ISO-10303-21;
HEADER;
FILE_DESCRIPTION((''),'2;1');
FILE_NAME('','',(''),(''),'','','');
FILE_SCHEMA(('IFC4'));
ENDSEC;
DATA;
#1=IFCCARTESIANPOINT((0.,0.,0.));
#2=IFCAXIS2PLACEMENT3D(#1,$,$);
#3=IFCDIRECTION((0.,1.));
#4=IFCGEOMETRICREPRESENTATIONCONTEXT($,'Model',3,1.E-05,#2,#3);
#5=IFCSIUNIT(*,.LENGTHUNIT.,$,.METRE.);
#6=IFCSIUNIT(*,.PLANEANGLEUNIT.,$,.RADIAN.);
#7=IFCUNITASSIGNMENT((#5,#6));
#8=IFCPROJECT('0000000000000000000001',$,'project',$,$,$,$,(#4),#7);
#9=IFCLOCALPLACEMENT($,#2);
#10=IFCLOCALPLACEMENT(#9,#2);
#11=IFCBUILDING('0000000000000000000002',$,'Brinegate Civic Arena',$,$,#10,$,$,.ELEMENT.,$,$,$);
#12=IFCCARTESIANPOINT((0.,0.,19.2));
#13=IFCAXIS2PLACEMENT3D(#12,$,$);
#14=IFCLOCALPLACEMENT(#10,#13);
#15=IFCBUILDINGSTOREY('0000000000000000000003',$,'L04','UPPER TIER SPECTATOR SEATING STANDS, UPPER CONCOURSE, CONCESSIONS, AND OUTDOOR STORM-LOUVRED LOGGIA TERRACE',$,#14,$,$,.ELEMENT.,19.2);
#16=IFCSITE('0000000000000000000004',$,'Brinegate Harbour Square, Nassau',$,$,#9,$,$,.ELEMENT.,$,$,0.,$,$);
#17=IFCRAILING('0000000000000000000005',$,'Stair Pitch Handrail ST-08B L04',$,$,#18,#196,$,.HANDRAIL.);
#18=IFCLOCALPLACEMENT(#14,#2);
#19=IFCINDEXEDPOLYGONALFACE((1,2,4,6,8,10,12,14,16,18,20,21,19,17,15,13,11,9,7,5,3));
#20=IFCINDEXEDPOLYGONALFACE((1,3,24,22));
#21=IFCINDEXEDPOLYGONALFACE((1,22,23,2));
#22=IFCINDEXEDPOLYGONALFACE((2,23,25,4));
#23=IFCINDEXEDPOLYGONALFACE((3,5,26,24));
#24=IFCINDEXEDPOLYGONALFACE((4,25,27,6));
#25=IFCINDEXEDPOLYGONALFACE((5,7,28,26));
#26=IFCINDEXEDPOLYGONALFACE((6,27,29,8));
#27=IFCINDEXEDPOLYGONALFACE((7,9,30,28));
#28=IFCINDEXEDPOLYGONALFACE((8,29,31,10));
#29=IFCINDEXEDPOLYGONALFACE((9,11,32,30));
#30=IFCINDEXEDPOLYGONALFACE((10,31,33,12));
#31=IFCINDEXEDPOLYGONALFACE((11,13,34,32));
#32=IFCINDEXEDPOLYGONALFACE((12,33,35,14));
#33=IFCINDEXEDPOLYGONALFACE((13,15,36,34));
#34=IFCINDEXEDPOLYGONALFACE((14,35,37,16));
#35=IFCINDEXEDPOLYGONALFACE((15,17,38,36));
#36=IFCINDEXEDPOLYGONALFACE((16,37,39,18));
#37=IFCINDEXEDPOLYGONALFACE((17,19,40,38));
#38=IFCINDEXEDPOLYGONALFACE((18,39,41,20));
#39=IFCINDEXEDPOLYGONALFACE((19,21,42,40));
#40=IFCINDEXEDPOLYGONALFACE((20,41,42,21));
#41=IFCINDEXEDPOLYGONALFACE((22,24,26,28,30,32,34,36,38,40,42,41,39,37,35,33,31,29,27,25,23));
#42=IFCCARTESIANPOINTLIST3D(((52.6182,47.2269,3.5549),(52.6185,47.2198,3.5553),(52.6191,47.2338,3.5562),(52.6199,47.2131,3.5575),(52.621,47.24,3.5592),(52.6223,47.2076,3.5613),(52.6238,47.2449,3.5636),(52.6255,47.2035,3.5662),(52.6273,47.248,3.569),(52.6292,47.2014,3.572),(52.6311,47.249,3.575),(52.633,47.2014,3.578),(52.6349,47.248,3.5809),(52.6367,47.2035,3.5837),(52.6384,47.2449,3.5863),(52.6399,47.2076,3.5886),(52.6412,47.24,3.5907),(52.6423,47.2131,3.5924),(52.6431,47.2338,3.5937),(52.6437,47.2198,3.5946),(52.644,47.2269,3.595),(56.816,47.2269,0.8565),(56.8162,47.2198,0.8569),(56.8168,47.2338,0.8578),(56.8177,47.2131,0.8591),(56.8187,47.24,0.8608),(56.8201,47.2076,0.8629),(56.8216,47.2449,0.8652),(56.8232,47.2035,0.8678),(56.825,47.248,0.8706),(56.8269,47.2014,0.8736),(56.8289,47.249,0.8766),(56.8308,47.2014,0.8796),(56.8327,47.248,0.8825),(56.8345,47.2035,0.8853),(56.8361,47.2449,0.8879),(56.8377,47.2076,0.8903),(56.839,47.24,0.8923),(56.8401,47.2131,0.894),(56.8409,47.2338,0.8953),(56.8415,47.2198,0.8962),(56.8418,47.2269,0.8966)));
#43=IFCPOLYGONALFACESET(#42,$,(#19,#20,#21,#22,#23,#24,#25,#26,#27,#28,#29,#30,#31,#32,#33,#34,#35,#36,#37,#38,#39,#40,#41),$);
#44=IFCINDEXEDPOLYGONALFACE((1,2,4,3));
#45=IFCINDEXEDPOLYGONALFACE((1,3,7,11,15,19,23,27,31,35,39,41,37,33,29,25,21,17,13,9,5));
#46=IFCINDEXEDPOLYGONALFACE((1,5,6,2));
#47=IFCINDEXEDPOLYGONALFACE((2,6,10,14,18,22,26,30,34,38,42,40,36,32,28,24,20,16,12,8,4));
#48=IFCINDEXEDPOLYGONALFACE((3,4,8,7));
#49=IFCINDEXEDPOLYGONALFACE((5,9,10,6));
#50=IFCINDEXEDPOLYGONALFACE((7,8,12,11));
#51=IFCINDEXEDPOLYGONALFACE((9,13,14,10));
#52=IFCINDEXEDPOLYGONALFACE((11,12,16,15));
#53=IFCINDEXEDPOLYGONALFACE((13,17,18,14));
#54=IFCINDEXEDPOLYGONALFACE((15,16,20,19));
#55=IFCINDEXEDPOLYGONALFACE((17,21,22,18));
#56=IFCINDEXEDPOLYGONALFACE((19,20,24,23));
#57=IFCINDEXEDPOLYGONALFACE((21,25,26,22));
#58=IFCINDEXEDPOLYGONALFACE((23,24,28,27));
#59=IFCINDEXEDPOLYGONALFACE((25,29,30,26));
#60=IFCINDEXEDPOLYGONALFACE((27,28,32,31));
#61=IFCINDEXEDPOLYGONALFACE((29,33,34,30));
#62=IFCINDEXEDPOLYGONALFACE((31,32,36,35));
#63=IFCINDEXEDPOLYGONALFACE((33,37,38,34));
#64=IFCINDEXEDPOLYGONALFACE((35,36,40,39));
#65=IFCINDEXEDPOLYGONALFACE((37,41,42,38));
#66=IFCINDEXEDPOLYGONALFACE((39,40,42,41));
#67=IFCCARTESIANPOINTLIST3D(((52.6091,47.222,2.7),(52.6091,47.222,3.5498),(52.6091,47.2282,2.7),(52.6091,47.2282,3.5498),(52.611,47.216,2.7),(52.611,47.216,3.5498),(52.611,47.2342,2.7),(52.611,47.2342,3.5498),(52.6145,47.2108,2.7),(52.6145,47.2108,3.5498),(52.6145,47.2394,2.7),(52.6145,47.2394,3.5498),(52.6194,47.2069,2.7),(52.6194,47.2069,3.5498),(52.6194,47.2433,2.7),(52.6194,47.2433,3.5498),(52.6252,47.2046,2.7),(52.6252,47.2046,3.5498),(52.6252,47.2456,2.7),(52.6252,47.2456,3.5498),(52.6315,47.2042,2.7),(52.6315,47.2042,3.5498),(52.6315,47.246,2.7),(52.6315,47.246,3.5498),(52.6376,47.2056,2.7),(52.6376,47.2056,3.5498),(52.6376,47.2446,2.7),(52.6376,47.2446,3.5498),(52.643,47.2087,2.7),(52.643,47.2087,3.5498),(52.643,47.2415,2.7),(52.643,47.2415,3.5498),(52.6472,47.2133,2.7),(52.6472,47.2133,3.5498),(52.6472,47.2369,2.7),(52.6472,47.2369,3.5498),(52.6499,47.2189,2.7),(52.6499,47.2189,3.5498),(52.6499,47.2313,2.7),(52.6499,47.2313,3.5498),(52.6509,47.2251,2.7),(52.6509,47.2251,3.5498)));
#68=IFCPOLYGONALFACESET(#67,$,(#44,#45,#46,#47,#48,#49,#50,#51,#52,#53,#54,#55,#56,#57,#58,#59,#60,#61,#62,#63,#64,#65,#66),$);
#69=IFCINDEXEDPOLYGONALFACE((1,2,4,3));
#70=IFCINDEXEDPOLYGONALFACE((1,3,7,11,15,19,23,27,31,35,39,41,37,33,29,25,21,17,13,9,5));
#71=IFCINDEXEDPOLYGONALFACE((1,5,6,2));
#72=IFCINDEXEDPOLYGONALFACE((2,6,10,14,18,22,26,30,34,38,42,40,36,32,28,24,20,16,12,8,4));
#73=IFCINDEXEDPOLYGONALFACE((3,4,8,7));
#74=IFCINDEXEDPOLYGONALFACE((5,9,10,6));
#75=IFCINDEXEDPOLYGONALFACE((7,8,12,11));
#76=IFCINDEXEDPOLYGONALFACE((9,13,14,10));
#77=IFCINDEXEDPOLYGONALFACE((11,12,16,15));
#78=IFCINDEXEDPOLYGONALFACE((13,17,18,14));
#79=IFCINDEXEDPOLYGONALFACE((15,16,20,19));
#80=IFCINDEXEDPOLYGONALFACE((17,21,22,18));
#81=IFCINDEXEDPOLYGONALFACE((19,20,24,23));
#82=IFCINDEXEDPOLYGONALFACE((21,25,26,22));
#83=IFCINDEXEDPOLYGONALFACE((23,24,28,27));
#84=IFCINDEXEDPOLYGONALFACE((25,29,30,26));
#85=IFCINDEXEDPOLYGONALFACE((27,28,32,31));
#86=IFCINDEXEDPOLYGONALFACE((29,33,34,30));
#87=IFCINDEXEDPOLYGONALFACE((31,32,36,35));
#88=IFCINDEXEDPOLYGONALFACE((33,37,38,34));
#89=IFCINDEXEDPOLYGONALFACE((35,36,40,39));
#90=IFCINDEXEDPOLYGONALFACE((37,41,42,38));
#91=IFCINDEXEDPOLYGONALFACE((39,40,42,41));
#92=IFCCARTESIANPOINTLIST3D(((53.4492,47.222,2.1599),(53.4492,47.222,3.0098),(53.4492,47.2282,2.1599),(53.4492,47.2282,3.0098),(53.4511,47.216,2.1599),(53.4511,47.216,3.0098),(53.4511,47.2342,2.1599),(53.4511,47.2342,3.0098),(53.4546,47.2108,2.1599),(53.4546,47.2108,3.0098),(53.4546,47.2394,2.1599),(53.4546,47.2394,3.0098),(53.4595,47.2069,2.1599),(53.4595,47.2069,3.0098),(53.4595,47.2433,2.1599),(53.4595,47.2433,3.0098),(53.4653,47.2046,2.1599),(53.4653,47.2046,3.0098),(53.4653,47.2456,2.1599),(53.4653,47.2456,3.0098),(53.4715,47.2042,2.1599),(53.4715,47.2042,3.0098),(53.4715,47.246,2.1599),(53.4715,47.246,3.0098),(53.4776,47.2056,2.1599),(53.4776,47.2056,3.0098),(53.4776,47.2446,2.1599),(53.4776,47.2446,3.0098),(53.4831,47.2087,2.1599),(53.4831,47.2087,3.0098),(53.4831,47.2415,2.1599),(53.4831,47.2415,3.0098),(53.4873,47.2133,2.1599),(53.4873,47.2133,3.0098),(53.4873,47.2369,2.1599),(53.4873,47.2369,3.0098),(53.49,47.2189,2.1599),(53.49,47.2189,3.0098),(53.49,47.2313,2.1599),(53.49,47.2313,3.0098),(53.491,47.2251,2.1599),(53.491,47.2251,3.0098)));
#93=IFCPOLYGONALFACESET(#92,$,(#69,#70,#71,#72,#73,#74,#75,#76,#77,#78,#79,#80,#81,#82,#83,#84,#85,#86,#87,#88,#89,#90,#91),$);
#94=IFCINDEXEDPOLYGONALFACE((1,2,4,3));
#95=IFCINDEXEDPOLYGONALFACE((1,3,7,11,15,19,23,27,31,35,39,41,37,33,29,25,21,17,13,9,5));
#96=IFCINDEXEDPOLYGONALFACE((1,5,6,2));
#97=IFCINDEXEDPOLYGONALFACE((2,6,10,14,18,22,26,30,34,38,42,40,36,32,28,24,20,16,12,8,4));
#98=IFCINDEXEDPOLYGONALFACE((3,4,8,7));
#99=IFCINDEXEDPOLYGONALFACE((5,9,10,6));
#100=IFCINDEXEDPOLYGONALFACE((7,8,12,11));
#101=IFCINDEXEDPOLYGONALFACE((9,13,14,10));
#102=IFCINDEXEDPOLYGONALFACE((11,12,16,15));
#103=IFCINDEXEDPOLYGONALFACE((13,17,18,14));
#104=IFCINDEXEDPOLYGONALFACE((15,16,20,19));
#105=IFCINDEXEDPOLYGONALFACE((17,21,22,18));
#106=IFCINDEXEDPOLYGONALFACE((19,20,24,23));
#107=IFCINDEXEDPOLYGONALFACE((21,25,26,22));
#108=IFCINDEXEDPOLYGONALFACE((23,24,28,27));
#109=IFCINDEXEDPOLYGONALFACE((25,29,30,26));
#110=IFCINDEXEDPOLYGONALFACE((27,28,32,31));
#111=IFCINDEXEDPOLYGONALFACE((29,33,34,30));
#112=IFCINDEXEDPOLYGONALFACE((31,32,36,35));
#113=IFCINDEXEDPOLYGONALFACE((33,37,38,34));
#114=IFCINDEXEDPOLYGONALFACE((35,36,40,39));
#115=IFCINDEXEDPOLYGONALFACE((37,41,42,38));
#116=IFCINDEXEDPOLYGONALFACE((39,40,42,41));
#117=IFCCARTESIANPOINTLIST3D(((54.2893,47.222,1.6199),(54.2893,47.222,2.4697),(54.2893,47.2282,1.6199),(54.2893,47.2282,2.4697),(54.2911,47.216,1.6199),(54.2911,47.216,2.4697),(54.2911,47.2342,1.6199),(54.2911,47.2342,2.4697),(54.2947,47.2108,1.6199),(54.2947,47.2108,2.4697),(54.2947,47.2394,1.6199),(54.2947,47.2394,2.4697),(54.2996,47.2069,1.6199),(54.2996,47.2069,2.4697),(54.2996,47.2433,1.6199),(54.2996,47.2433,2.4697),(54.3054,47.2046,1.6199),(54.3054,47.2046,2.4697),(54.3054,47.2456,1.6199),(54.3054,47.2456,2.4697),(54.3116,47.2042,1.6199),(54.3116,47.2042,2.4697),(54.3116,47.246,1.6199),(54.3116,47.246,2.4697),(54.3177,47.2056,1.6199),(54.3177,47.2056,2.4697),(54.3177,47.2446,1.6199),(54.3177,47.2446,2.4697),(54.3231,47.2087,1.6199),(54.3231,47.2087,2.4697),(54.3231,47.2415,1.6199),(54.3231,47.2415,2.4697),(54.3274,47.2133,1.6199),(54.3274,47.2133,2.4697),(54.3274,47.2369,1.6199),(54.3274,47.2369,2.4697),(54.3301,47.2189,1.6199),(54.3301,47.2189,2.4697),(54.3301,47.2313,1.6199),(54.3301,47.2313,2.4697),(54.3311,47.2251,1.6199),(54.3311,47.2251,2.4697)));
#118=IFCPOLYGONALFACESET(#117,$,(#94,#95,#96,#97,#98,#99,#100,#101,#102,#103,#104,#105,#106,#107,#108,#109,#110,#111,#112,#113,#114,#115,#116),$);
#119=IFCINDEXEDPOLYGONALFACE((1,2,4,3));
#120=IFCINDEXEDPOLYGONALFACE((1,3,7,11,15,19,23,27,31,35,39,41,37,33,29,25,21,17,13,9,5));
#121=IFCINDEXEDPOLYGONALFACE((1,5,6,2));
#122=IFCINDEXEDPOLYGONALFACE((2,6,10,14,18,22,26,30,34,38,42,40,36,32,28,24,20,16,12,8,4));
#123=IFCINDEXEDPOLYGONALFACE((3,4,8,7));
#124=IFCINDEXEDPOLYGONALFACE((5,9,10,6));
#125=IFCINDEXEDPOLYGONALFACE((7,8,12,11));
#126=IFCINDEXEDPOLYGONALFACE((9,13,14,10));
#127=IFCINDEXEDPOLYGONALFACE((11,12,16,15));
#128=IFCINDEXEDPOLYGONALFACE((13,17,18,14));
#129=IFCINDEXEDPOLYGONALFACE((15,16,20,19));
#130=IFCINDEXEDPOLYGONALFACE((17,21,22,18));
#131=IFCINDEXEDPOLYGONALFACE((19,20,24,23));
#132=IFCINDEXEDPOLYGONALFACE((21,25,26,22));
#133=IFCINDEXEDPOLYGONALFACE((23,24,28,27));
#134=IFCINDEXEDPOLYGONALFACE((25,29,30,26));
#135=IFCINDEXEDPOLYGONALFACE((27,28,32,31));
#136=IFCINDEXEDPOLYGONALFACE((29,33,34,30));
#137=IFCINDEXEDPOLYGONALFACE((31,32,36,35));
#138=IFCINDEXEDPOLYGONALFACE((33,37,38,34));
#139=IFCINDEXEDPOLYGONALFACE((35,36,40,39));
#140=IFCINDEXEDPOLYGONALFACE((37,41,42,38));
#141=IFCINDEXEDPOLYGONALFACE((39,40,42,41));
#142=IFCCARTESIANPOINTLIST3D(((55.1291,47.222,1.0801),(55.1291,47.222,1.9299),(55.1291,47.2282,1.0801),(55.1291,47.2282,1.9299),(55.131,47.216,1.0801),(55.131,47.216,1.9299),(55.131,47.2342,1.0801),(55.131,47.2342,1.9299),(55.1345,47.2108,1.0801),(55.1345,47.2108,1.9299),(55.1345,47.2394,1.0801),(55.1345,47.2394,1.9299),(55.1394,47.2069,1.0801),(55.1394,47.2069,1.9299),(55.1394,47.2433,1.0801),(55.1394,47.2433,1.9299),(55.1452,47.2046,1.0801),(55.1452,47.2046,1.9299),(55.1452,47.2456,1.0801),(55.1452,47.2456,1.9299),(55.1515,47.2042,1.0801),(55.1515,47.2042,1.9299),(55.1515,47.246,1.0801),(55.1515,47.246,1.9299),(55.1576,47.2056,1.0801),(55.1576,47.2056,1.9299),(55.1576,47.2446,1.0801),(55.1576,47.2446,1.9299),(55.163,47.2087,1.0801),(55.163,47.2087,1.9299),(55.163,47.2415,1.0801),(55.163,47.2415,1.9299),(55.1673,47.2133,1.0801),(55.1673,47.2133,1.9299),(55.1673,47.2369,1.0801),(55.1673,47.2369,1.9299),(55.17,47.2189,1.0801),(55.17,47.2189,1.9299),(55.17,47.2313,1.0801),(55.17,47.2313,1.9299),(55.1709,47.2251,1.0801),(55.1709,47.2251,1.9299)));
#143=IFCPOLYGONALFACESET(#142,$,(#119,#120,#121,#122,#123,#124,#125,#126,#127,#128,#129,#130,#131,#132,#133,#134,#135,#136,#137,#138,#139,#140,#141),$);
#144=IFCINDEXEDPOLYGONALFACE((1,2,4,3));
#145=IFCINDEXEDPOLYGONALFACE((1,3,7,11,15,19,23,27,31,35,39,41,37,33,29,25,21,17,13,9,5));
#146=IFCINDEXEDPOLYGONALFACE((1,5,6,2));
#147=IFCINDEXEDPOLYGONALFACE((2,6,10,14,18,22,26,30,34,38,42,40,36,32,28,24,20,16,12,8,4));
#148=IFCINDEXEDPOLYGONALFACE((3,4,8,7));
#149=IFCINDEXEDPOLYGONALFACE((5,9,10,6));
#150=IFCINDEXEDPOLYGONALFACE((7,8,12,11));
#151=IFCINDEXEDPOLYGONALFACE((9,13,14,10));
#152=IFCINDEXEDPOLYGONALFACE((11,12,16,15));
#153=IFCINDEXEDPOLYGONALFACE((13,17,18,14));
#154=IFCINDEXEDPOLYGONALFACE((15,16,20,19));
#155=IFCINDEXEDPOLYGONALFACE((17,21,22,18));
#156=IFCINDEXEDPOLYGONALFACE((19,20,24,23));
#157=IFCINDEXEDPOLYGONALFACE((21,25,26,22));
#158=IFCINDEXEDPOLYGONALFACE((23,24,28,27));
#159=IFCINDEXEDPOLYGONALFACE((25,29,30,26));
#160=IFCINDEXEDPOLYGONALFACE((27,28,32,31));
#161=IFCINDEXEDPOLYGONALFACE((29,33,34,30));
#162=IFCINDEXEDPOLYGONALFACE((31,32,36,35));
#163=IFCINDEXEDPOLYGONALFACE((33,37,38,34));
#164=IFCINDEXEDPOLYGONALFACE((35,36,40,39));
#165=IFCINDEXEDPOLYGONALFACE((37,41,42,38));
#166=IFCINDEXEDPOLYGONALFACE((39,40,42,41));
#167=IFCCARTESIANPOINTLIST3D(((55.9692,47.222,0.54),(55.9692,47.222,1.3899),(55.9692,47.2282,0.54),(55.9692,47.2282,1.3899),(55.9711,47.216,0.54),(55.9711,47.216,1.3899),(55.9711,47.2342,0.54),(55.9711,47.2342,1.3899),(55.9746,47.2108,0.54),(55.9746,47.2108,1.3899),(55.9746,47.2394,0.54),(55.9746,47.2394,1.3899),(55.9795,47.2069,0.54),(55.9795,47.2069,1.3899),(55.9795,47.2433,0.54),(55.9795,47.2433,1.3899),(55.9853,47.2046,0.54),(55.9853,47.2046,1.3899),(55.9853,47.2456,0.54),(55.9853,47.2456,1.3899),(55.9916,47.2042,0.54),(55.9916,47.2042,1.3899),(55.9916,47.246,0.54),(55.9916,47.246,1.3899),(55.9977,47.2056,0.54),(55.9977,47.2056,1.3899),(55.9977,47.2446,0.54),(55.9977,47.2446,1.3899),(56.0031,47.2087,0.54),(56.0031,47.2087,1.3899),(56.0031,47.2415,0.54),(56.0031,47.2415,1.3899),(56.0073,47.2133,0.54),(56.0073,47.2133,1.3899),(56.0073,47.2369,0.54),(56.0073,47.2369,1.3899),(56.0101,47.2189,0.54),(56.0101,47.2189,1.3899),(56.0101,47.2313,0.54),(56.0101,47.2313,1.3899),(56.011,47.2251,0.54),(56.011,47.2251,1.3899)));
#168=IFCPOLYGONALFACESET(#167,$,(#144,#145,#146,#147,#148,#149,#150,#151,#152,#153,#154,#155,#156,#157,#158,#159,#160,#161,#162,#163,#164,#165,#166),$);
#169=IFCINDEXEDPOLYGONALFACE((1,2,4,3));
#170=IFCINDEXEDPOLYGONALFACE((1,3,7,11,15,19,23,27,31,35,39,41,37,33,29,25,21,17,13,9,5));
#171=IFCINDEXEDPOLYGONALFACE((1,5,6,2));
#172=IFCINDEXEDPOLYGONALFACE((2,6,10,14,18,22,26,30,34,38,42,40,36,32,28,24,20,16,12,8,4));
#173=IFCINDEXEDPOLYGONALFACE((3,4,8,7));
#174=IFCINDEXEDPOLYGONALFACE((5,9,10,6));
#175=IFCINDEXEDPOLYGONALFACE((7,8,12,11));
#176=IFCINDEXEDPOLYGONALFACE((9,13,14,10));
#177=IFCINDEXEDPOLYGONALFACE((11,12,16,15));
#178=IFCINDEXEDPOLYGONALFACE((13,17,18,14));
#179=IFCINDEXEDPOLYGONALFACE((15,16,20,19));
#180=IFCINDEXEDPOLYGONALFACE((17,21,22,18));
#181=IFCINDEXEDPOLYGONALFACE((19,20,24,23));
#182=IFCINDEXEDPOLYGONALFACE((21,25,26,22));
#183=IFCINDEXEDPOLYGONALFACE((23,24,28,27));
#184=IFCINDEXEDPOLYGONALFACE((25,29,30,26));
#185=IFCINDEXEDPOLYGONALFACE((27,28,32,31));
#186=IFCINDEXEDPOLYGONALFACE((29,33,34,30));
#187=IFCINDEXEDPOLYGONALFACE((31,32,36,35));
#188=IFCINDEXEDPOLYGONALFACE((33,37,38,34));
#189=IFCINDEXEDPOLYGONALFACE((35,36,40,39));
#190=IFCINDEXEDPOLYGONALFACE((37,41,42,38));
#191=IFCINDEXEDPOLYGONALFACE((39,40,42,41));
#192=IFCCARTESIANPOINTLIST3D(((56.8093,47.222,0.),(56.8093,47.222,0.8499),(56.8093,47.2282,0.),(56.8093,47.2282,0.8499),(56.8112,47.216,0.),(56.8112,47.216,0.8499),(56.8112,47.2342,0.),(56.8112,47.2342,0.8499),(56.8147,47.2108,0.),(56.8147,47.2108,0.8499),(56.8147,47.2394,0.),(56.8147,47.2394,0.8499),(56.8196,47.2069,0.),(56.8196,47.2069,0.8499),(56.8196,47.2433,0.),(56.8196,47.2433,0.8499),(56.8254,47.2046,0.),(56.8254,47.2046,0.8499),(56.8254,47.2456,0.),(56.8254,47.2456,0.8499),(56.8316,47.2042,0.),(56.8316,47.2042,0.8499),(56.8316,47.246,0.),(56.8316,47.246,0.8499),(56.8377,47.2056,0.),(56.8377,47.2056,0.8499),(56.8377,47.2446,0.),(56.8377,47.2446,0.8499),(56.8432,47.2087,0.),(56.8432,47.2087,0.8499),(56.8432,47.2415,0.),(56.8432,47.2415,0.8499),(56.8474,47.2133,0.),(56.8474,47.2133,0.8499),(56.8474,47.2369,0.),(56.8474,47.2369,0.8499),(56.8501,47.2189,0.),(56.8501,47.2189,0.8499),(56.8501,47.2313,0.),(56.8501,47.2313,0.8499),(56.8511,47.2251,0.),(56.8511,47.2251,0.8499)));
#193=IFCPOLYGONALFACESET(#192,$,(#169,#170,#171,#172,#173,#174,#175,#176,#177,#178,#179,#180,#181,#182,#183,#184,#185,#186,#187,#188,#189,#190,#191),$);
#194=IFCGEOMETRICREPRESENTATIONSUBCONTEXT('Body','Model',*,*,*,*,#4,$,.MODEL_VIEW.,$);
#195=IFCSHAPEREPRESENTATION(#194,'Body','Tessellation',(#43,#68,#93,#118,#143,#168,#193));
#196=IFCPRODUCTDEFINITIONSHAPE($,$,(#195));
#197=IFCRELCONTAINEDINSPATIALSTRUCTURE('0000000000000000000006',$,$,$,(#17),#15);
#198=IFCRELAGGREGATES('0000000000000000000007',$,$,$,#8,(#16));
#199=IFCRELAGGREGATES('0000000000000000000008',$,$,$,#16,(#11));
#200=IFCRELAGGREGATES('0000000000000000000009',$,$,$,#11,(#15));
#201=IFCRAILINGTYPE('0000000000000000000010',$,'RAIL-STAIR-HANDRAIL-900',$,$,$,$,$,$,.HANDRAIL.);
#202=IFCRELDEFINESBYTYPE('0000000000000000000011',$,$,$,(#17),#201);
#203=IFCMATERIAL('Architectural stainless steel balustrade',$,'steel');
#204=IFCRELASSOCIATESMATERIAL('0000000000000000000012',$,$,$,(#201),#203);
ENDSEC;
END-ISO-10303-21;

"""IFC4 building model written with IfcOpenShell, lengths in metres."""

from ifc_helpers import new_model, si_unit, direction, frame, origin, origin_2d, place, context, subcontext, project, spatial, circle, extrude, material, type_object, element, save


model = new_model("IFC4")

# Units and contexts
model_context = context("Model", 3, precision=1e-05, world=origin(), true_north=direction((0.0, 1.0)))
body_context = subcontext(model_context, "Body", "Model", "MODEL_VIEW")
ifc_project = project(units=[si_unit("LENGTHUNIT", "METRE"), si_unit("PLANEANGLEUNIT", "RADIAN")], contexts=[model_context])

# Site, building, storey
site_placement = place(None, origin())
site = spatial("IfcSite", under=ifc_project, at=site_placement, Name="Brinegate Harbour Square, Nassau", CompositionType="ELEMENT", RefElevation=0.0)
building_placement = place(site_placement, origin())
building = spatial("IfcBuilding", under=site, at=building_placement, Name="Brinegate Civic Arena", CompositionType="ELEMENT")
storey_placement = place(building_placement, frame((0.0, 0.0, 19.2)))
storey = spatial("IfcBuildingStorey", under=building, at=storey_placement, Name="L04", Description="UPPER TIER SPECTATOR SEATING STANDS, UPPER CONCOURSE, CONCESSIONS, AND OUTDOOR STORM-LOUVRED LOGGIA TERRACE", CompositionType="ELEMENT", Elevation=19.2)

# Shared definitions
ifc_material_1 = material(Name="Architectural stainless steel balustrade", Category="steel")

# Railing
railing_type = type_object("IfcRailingType", Name="RAIL-STAIR-HANDRAIL-900", PredefinedType="HANDRAIL", material=ifc_material_1)
for number, where, name in (
    (1, (52.6299, 47.2251, 2.7), "Stair Pitch Handrail ST-08B L04"),
):
    element("IfcRailing", number, at=place(storey_placement, frame(where)), inside=storey, type_object=railing_type, Name=name, PredefinedType="HANDRAIL", context=body_context, shape_type="SweptSolid", body=[
        extrude(circle(Radius=0.0239, at=origin_2d()), frame((0.0012, 0.0, 0.875), z_axis=(0.841194, 0.0, -0.540733), x_axis=(0.0, 1.0, 0.0)), (0.0, 0.0, 1.0), 4.9902),
        extrude(circle(Radius=0.021, at=origin_2d()), origin(), (0.0, 0.0, 1.0), 0.8499),
        extrude(circle(Radius=0.021, at=origin_2d()), frame((0.8401, 0.0, -0.54)), (0.0, 0.0, 1.0), 0.8499),
        extrude(circle(Radius=0.021, at=origin_2d()), frame((1.6802, 0.0, -1.0801)), (0.0, 0.0, 1.0), 0.8499),
        extrude(circle(Radius=0.021, at=origin_2d()), frame((2.52, 0.0, -1.6199)), (0.0, 0.0, 1.0), 0.8499),
        extrude(circle(Radius=0.021, at=origin_2d()), frame((3.3601, 0.0, -2.1599)), (0.0, 0.0, 1.0), 0.8499),
        extrude(circle(Radius=0.021, at=origin_2d()), frame((4.2002, 0.0, -2.7)), (0.0, 0.0, 1.0), 0.8499),
    ])

save(model, "model.ifc")
